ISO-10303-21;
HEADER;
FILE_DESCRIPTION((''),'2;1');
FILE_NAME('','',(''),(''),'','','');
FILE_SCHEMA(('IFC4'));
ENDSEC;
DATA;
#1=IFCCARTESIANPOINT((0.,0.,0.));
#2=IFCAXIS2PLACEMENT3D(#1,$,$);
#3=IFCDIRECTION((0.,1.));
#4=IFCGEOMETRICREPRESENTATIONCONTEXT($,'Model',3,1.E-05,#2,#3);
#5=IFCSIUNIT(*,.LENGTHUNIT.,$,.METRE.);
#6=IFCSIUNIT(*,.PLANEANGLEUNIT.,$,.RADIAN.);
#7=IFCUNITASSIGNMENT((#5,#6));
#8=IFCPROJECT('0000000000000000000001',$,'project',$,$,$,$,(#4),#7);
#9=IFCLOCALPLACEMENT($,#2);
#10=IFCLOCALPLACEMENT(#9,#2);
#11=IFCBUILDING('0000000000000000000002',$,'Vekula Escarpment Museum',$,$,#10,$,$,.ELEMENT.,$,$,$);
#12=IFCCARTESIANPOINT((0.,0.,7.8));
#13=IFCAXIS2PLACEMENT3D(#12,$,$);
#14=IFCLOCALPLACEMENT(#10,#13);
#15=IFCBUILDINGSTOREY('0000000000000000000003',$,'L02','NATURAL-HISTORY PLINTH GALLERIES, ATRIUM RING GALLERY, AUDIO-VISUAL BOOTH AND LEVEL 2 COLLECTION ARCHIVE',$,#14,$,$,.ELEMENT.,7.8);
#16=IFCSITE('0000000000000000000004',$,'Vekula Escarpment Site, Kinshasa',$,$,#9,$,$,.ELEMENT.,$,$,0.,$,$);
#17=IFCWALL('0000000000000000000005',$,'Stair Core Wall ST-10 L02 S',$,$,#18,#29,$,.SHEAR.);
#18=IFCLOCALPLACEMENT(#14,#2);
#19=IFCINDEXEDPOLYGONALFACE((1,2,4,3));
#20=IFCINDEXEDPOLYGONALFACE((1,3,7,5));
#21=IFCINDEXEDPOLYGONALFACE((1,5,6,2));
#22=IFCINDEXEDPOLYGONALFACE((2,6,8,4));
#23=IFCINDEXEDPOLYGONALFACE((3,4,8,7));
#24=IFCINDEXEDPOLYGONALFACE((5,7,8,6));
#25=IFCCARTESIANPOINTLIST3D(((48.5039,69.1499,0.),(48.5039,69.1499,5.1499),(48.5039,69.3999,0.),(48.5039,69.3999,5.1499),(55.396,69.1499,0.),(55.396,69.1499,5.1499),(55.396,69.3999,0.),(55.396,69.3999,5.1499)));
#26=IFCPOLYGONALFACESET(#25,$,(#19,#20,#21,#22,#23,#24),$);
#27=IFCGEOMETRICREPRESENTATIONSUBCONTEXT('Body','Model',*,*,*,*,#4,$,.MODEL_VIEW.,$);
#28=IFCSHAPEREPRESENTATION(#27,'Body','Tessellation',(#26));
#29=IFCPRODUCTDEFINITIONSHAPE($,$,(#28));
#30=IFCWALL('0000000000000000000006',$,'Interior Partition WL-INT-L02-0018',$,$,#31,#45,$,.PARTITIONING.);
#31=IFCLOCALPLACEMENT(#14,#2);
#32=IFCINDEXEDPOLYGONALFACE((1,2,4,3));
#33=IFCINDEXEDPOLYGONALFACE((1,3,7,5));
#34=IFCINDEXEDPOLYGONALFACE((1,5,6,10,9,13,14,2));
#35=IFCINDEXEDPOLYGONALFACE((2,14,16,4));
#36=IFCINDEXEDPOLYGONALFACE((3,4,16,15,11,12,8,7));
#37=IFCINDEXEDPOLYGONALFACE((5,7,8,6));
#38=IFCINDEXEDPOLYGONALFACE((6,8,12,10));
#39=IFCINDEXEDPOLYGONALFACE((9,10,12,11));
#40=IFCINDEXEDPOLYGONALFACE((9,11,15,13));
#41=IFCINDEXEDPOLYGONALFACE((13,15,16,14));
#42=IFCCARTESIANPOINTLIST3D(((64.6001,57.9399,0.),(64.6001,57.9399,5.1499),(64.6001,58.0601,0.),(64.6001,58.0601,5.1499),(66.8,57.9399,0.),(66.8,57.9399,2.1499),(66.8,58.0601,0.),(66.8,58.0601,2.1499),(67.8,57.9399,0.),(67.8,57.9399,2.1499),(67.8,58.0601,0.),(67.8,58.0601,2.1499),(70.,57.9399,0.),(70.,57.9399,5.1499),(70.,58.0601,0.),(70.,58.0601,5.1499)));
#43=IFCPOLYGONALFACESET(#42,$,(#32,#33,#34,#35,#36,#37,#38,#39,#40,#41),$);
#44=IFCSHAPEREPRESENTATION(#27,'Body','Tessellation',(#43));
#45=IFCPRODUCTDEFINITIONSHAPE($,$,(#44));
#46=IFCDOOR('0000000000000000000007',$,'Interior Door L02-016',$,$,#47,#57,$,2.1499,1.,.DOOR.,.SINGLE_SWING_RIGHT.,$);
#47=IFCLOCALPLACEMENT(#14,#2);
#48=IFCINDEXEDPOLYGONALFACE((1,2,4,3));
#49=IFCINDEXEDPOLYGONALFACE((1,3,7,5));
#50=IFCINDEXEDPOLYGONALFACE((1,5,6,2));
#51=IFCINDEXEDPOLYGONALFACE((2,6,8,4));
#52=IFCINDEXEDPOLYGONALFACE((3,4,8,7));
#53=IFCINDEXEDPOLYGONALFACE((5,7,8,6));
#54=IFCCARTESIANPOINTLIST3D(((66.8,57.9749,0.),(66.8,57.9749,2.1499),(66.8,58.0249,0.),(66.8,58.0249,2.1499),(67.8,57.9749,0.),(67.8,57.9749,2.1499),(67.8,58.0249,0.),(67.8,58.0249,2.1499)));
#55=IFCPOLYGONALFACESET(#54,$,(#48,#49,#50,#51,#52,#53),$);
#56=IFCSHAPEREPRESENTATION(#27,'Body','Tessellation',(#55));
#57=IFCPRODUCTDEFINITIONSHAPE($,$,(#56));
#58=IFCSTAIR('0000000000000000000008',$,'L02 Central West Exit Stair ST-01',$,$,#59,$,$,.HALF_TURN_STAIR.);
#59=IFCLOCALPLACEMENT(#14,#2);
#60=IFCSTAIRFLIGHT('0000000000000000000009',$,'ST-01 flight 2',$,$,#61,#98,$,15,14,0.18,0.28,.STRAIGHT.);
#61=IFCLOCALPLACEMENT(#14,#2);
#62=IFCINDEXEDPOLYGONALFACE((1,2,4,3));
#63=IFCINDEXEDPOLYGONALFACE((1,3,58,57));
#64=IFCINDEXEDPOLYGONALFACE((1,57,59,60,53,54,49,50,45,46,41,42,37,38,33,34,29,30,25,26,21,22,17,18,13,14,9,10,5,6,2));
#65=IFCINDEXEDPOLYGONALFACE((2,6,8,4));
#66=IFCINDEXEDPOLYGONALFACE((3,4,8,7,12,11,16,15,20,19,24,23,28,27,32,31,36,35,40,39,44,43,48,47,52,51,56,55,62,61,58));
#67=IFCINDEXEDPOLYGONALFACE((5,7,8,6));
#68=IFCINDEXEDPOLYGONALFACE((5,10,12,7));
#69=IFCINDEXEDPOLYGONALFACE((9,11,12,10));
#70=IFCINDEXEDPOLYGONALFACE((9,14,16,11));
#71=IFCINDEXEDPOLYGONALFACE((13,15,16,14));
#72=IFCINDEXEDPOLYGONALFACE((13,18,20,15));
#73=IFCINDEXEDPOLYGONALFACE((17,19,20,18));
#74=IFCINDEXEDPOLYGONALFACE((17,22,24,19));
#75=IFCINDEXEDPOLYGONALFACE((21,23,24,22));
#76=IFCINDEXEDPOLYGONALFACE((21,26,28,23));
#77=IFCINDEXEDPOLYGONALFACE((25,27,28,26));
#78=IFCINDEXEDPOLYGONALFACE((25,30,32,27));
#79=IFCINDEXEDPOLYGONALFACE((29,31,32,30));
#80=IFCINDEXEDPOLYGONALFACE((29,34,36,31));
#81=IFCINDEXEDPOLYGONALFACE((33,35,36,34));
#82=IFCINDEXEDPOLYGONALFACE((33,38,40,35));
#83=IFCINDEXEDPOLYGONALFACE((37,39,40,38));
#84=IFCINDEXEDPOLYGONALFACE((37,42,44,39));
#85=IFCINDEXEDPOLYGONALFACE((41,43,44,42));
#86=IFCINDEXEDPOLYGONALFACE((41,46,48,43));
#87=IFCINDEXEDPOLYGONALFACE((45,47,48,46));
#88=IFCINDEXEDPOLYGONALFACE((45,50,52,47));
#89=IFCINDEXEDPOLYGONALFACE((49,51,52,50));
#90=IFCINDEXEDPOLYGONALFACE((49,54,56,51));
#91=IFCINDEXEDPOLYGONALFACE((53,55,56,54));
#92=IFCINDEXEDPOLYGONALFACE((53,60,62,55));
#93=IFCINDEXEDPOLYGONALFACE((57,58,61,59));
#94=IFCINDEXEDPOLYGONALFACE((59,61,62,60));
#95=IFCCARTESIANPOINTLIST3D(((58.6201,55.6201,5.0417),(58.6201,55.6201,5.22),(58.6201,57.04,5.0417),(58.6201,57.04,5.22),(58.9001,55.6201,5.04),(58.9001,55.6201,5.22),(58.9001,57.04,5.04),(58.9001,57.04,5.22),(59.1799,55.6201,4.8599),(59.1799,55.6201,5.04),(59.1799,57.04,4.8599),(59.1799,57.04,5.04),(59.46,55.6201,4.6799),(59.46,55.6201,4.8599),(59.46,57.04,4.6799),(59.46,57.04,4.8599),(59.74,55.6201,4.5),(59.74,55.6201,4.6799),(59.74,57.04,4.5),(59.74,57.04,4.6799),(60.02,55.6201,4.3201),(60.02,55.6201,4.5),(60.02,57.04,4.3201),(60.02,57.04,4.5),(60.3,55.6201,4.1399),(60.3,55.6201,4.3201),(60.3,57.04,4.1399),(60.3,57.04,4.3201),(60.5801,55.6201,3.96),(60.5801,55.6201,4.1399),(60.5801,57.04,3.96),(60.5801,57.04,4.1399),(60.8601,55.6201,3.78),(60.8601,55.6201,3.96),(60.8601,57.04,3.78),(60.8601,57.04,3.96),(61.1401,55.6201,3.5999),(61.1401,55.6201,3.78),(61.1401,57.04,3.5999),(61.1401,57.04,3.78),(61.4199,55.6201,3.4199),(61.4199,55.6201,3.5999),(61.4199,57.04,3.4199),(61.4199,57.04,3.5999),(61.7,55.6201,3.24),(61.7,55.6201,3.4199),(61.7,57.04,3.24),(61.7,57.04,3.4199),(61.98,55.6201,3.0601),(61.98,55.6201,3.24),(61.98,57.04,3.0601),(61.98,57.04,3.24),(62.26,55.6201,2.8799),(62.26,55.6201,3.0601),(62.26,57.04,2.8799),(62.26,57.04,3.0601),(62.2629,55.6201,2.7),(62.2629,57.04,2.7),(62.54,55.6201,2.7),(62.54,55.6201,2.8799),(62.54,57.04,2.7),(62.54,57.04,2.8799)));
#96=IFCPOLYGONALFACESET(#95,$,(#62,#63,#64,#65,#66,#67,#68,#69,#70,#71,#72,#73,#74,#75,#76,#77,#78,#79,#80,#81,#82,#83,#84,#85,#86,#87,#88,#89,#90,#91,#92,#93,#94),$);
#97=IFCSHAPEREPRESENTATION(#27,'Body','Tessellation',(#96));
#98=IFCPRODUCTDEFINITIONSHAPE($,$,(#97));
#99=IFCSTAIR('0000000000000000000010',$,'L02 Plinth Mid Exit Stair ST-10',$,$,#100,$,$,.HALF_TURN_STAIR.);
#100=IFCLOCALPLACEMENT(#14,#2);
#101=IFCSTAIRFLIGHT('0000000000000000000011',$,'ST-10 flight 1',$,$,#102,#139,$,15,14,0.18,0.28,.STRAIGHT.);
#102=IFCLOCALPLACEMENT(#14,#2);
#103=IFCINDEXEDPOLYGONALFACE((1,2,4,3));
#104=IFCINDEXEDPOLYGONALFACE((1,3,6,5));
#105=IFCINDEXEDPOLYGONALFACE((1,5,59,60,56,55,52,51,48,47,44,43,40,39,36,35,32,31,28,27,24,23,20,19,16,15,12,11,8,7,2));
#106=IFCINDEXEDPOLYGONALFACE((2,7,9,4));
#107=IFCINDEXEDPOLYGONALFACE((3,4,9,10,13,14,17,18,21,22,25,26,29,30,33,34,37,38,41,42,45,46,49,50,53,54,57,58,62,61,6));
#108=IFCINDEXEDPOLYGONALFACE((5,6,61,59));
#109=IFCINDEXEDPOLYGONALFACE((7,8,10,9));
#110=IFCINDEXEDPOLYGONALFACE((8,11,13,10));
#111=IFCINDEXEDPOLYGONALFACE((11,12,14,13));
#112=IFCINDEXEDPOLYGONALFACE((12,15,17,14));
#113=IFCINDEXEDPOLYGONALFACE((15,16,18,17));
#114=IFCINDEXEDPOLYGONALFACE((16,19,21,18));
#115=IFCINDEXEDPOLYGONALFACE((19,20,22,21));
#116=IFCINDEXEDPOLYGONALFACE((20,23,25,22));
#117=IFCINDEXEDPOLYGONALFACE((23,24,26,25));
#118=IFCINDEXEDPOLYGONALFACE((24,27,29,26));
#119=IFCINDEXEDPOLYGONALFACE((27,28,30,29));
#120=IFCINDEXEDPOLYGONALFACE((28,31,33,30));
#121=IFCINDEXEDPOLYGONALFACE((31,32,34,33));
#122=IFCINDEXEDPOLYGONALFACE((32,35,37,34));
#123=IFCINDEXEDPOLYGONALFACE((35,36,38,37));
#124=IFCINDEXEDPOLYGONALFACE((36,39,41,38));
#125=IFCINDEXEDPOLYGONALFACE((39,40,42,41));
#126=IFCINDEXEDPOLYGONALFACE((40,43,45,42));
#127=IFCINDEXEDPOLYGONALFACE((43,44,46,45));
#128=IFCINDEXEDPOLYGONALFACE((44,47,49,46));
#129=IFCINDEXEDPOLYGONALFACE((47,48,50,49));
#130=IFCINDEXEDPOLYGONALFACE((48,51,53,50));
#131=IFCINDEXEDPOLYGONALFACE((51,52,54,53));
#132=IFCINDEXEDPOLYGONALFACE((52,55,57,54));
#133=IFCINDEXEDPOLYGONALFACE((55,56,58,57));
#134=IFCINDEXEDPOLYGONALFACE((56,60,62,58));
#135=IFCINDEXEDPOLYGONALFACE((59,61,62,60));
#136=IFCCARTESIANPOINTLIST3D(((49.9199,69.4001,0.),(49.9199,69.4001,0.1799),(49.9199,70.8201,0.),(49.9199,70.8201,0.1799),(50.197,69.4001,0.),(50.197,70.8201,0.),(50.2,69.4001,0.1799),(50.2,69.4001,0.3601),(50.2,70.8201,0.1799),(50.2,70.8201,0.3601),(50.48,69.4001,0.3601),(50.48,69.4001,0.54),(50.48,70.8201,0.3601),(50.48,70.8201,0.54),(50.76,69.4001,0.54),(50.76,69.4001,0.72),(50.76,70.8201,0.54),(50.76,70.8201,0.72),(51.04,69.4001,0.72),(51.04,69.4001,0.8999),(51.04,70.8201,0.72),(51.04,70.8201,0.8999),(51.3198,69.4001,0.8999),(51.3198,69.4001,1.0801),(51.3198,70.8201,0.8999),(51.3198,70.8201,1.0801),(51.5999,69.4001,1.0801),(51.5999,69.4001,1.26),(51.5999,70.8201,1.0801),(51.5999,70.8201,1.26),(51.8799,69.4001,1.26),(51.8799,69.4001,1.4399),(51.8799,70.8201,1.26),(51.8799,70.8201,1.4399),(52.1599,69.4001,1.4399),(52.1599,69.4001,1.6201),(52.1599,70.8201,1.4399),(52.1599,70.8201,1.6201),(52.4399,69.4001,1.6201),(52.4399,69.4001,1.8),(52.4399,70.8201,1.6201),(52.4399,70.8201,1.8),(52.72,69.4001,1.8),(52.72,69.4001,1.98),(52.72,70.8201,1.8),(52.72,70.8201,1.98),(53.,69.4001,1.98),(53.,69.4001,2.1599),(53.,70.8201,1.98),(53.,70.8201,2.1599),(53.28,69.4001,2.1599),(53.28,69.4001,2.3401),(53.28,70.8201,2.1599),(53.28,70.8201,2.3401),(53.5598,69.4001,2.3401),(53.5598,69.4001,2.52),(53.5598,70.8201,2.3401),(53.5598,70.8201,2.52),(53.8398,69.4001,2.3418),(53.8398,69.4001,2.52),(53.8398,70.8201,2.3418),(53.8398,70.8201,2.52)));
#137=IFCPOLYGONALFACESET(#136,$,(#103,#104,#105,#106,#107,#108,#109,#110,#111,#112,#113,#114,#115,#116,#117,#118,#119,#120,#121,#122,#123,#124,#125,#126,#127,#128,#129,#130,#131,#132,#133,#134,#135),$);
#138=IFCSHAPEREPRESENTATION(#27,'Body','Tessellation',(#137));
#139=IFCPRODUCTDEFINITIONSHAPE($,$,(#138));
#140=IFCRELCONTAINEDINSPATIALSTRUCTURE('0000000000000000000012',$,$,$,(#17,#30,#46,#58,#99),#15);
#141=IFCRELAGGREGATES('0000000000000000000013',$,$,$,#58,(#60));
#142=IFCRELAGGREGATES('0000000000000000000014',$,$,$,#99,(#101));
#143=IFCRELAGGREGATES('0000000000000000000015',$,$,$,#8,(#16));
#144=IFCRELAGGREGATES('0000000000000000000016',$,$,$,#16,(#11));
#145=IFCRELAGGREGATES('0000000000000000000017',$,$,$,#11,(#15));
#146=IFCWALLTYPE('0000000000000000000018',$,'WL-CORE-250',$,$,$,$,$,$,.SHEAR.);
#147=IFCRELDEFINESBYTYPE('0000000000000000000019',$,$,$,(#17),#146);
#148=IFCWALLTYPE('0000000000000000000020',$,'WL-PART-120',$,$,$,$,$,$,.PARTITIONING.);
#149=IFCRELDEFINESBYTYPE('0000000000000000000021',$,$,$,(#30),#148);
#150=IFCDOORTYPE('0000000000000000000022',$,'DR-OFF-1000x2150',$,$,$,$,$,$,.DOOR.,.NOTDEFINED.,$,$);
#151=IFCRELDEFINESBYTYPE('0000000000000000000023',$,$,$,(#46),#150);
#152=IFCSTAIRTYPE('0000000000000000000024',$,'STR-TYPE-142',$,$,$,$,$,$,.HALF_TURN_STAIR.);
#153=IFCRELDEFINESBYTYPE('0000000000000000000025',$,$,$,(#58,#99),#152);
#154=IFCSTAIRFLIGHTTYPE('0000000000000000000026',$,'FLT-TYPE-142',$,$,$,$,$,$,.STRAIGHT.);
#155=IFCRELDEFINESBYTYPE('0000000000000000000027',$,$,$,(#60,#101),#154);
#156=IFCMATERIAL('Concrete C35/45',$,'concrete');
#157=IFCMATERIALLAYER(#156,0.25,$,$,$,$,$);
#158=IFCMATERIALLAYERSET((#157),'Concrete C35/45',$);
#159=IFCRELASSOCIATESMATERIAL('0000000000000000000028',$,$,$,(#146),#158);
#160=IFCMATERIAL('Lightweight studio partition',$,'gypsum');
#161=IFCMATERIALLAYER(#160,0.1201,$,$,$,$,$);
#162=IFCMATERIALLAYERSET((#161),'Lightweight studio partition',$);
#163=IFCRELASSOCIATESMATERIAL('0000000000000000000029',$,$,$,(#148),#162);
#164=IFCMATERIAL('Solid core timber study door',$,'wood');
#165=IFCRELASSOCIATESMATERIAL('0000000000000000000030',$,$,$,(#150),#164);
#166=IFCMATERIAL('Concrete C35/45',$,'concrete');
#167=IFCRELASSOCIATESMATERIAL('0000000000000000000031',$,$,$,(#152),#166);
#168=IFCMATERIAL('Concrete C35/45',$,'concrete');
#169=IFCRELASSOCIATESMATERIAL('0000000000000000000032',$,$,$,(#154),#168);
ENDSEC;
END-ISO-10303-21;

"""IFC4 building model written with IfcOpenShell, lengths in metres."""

from ifc_helpers import new_model, si_unit, direction, frame, frame_2d, origin, place, context, subcontext, project, spatial, polyline, rectangle, outline, extrude, material, layer, layer_set, type_object, element, fill, aggregate, save


model = new_model("IFC4")

# Units and contexts
model_context = context("Model", 3, precision=1e-05, world=origin(), true_north=direction((0.0, 1.0)))
body_context = subcontext(model_context, "Body", "Model", "MODEL_VIEW")
ifc_project = project(units=[si_unit("LENGTHUNIT", "METRE"), si_unit("PLANEANGLEUNIT", "RADIAN")], contexts=[model_context])

# Site, building, storey
site_placement = place(None, origin())
site = spatial("IfcSite", under=ifc_project, at=site_placement, Name="Vekula Escarpment Site, Kinshasa", CompositionType="ELEMENT", RefElevation=0.0)
building_placement = place(site_placement, origin())
building = spatial("IfcBuilding", under=site, at=building_placement, Name="Vekula Escarpment Museum", CompositionType="ELEMENT")
storey_placement = place(building_placement, frame((0.0, 0.0, 7.8)))
storey = spatial("IfcBuildingStorey", under=building, at=storey_placement, Name="L02", Description="NATURAL-HISTORY PLINTH GALLERIES, ATRIUM RING GALLERY, AUDIO-VISUAL BOOTH AND LEVEL 2 COLLECTION ARCHIVE", CompositionType="ELEMENT", Elevation=7.8)

# Shared definitions
ifc_material_1 = material(Name="Concrete C35/45", Category="concrete")
ifc_layer_1 = layer(ifc_material_1, 0.25)
ifc_layer_set_1 = layer_set([ifc_layer_1], Name="Concrete C35/45")
wall_type_1 = type_object("IfcWallType", Name="WL-CORE-250", PredefinedType="SHEAR", material=ifc_layer_set_1)

# Wall
wall_1_placement = place(storey_placement, frame((48.5039, 69.2749, 0.0), z_axis=(0.0, 0.0, 1.0), x_axis=(1.0, 0.0, 0.0)))
element("IfcWall", 1, at=wall_1_placement, inside=storey, type_object=wall_type_1, Name="Stair Core Wall ST-10 L02 S", PredefinedType="SHEAR", context=body_context, shape_type="SweptSolid", body=[
    extrude(rectangle(XDim=6.8921, YDim=0.25, at=frame_2d((3.446, 0.0))), origin(), (0.0, 0.0, 1.0), 5.1499),
])

# Wall, opening, door
ifc_material_2 = material(Name="Lightweight studio partition", Category="gypsum")
ifc_layer_2 = layer(ifc_material_2, 0.1201)
ifc_layer_set_2 = layer_set([ifc_layer_2], Name="Lightweight studio partition")
wall_type_2 = type_object("IfcWallType", Name="WL-PART-120", PredefinedType="PARTITIONING", material=ifc_layer_set_2)
wall_2_placement = place(storey_placement, frame((64.6001, 58.0, 0.0), z_axis=(0.0, 0.0, 1.0), x_axis=(1.0, 0.0, 0.0)))
wall_2 = element("IfcWall", 2, at=wall_2_placement, inside=storey, type_object=wall_type_2, Name="Interior Partition WL-INT-L02-0018", PredefinedType="PARTITIONING", context=body_context, shape_type="SweptSolid", body=[
    extrude(rectangle(XDim=5.3999, YDim=0.1201, at=frame_2d((2.7, 0.0))), origin(), (0.0, 0.0, 1.0), 5.1499),
])
opening_1_placement = place(wall_2_placement, frame((2.2, 0.0, 0.0)))
opening_1 = element("IfcOpeningElement", 3, at=opening_1_placement, cuts=wall_2, PredefinedType="OPENING", context=body_context, shape_type="SweptSolid", body=[
    extrude(rectangle(XDim=1.0, YDim=2.1499, at=frame_2d((0.5, 1.075))), frame((0.0, 0.0701, 0.0), z_axis=(0.0, -1.0, 0.0), x_axis=(1.0, 0.0, 0.0)), (0.0, 0.0, 1.0), 0.1401),
])
ifc_material_3 = material(Name="Solid core timber study door", Category="wood")
door_type_1 = type_object("IfcDoorType", Name="DR-OFF-1000x2150", OperationType="NOTDEFINED", PredefinedType="DOOR", material=ifc_material_3)
door_1_placement = place(opening_1_placement, origin())
door_1 = element("IfcDoor", 4, at=door_1_placement, inside=storey, type_object=door_type_1, Name="Interior Door L02-016", OperationType="SINGLE_SWING_RIGHT", OverallHeight=2.1499, OverallWidth=1.0, PredefinedType="DOOR", context=body_context, shape_type="SweptSolid", body=[
    extrude(rectangle(XDim=1.0, YDim=2.1499, at=frame_2d((0.5, 1.075))), frame((0.0, 0.0249, 0.0), z_axis=(0.0, -1.0, 0.0), x_axis=(1.0, 0.0, 0.0)), (0.0, 0.0, 1.0), 0.05),
])
fill(opening_1, door_1)

# Stairs, stair flights
ifc_material_4 = material(Name="Concrete C35/45", Category="concrete")
stair_type = type_object("IfcStairType", Name="STR-TYPE-142", PredefinedType="HALF_TURN_STAIR", material=ifc_material_4)
stair_1_placement = place(storey_placement, origin())
stair_1 = element("IfcStair", 5, at=stair_1_placement, inside=storey, type_object=stair_type, Name="L02 Central West Exit Stair ST-01", PredefinedType="HALF_TURN_STAIR")
ifc_material_5 = material(Name="Concrete C35/45", Category="concrete")
stair_flight_type = type_object("IfcStairFlightType", Name="FLT-TYPE-142", PredefinedType="STRAIGHT", material=ifc_material_5)
stair_flight_1_placement = place(storey_placement, frame((62.54, 56.3301, 2.7), z_axis=(0.0, 0.0, 1.0), x_axis=(-1.0, 0.0, 0.0)))
stair_flight_1 = element("IfcStairFlight", 6, at=stair_flight_1_placement, type_object=stair_flight_type, Name="ST-01 flight 2", NumberOfRisers=15, NumberOfTreads=14, PredefinedType="STRAIGHT", RiserHeight=0.18, TreadLength=0.28, context=body_context, shape_type="SweptSolid", body=[
    extrude(outline(polyline([(0.0, 0.0), (0.0, 0.1799), (0.28, 0.1799), (0.28, 0.3601), (0.5601, 0.3601), (0.5601, 0.54), (0.8401, 0.54), (0.8401, 0.72), (1.1201, 0.72), (1.1201, 0.8999), (1.3999, 0.8999), (1.3999, 1.0801), (1.6799, 1.0801), (1.6799, 1.26), (1.96, 1.26), (1.96, 1.4399), (2.24, 1.4399), (2.24, 1.6201), (2.52, 1.6201), (2.52, 1.8), (2.8, 1.8), (2.8, 1.98), (3.0801, 1.98), (3.0801, 2.1599), (3.3601, 2.1599), (3.3601, 2.3401), (3.6399, 2.3401), (3.6399, 2.52), (3.9199, 2.52), (3.9199, 2.7), (3.9199, 2.3418), (0.2771, 0.0), (0.0, 0.0)])), frame((0.0, 0.71, 0.0), z_axis=(0.0, -1.0, 0.0), x_axis=(1.0, 0.0, 0.0)), (0.0, 0.0, 1.0), 1.4199),
])
aggregate(stair_1, [stair_flight_1])
stair_2_placement = place(storey_placement, origin())
stair_2 = element("IfcStair", 7, at=stair_2_placement, inside=storey, type_object=stair_type, Name="L02 Plinth Mid Exit Stair ST-10", PredefinedType="HALF_TURN_STAIR")
stair_flight_2_placement = place(storey_placement, frame((49.9199, 70.1101, 0.0), z_axis=(0.0, 0.0, 1.0), x_axis=(1.0, 0.0, 0.0)))
stair_flight_2 = element("IfcStairFlight", 8, at=stair_flight_2_placement, type_object=stair_flight_type, Name="ST-10 flight 1", NumberOfRisers=15, NumberOfTreads=14, PredefinedType="STRAIGHT", RiserHeight=0.18, TreadLength=0.28, context=body_context, shape_type="SweptSolid", body=[
    extrude(outline(polyline([(0.0, 0.0), (0.0, 0.1799), (0.28, 0.1799), (0.28, 0.3601), (0.5601, 0.3601), (0.5601, 0.54), (0.8401, 0.54), (0.8401, 0.72), (1.1201, 0.72), (1.1201, 0.8999), (1.3999, 0.8999), (1.3999, 1.0801), (1.6799, 1.0801), (1.6799, 1.26), (1.96, 1.26), (1.96, 1.4399), (2.24, 1.4399), (2.24, 1.6201), (2.52, 1.6201), (2.52, 1.8), (2.8, 1.8), (2.8, 1.98), (3.0801, 1.98), (3.0801, 2.1599), (3.3601, 2.1599), (3.3601, 2.3401), (3.6399, 2.3401), (3.6399, 2.52), (3.9199, 2.52), (3.9199, 2.7), (3.9199, 2.3418), (0.2771, 0.0), (0.0, 0.0)])), frame((0.0, 0.71, 0.0), z_axis=(0.0, -1.0, 0.0), x_axis=(1.0, 0.0, 0.0)), (0.0, 0.0, 1.0), 1.4199),
])
aggregate(stair_2, [stair_flight_2])

save(model, "model.ifc")
